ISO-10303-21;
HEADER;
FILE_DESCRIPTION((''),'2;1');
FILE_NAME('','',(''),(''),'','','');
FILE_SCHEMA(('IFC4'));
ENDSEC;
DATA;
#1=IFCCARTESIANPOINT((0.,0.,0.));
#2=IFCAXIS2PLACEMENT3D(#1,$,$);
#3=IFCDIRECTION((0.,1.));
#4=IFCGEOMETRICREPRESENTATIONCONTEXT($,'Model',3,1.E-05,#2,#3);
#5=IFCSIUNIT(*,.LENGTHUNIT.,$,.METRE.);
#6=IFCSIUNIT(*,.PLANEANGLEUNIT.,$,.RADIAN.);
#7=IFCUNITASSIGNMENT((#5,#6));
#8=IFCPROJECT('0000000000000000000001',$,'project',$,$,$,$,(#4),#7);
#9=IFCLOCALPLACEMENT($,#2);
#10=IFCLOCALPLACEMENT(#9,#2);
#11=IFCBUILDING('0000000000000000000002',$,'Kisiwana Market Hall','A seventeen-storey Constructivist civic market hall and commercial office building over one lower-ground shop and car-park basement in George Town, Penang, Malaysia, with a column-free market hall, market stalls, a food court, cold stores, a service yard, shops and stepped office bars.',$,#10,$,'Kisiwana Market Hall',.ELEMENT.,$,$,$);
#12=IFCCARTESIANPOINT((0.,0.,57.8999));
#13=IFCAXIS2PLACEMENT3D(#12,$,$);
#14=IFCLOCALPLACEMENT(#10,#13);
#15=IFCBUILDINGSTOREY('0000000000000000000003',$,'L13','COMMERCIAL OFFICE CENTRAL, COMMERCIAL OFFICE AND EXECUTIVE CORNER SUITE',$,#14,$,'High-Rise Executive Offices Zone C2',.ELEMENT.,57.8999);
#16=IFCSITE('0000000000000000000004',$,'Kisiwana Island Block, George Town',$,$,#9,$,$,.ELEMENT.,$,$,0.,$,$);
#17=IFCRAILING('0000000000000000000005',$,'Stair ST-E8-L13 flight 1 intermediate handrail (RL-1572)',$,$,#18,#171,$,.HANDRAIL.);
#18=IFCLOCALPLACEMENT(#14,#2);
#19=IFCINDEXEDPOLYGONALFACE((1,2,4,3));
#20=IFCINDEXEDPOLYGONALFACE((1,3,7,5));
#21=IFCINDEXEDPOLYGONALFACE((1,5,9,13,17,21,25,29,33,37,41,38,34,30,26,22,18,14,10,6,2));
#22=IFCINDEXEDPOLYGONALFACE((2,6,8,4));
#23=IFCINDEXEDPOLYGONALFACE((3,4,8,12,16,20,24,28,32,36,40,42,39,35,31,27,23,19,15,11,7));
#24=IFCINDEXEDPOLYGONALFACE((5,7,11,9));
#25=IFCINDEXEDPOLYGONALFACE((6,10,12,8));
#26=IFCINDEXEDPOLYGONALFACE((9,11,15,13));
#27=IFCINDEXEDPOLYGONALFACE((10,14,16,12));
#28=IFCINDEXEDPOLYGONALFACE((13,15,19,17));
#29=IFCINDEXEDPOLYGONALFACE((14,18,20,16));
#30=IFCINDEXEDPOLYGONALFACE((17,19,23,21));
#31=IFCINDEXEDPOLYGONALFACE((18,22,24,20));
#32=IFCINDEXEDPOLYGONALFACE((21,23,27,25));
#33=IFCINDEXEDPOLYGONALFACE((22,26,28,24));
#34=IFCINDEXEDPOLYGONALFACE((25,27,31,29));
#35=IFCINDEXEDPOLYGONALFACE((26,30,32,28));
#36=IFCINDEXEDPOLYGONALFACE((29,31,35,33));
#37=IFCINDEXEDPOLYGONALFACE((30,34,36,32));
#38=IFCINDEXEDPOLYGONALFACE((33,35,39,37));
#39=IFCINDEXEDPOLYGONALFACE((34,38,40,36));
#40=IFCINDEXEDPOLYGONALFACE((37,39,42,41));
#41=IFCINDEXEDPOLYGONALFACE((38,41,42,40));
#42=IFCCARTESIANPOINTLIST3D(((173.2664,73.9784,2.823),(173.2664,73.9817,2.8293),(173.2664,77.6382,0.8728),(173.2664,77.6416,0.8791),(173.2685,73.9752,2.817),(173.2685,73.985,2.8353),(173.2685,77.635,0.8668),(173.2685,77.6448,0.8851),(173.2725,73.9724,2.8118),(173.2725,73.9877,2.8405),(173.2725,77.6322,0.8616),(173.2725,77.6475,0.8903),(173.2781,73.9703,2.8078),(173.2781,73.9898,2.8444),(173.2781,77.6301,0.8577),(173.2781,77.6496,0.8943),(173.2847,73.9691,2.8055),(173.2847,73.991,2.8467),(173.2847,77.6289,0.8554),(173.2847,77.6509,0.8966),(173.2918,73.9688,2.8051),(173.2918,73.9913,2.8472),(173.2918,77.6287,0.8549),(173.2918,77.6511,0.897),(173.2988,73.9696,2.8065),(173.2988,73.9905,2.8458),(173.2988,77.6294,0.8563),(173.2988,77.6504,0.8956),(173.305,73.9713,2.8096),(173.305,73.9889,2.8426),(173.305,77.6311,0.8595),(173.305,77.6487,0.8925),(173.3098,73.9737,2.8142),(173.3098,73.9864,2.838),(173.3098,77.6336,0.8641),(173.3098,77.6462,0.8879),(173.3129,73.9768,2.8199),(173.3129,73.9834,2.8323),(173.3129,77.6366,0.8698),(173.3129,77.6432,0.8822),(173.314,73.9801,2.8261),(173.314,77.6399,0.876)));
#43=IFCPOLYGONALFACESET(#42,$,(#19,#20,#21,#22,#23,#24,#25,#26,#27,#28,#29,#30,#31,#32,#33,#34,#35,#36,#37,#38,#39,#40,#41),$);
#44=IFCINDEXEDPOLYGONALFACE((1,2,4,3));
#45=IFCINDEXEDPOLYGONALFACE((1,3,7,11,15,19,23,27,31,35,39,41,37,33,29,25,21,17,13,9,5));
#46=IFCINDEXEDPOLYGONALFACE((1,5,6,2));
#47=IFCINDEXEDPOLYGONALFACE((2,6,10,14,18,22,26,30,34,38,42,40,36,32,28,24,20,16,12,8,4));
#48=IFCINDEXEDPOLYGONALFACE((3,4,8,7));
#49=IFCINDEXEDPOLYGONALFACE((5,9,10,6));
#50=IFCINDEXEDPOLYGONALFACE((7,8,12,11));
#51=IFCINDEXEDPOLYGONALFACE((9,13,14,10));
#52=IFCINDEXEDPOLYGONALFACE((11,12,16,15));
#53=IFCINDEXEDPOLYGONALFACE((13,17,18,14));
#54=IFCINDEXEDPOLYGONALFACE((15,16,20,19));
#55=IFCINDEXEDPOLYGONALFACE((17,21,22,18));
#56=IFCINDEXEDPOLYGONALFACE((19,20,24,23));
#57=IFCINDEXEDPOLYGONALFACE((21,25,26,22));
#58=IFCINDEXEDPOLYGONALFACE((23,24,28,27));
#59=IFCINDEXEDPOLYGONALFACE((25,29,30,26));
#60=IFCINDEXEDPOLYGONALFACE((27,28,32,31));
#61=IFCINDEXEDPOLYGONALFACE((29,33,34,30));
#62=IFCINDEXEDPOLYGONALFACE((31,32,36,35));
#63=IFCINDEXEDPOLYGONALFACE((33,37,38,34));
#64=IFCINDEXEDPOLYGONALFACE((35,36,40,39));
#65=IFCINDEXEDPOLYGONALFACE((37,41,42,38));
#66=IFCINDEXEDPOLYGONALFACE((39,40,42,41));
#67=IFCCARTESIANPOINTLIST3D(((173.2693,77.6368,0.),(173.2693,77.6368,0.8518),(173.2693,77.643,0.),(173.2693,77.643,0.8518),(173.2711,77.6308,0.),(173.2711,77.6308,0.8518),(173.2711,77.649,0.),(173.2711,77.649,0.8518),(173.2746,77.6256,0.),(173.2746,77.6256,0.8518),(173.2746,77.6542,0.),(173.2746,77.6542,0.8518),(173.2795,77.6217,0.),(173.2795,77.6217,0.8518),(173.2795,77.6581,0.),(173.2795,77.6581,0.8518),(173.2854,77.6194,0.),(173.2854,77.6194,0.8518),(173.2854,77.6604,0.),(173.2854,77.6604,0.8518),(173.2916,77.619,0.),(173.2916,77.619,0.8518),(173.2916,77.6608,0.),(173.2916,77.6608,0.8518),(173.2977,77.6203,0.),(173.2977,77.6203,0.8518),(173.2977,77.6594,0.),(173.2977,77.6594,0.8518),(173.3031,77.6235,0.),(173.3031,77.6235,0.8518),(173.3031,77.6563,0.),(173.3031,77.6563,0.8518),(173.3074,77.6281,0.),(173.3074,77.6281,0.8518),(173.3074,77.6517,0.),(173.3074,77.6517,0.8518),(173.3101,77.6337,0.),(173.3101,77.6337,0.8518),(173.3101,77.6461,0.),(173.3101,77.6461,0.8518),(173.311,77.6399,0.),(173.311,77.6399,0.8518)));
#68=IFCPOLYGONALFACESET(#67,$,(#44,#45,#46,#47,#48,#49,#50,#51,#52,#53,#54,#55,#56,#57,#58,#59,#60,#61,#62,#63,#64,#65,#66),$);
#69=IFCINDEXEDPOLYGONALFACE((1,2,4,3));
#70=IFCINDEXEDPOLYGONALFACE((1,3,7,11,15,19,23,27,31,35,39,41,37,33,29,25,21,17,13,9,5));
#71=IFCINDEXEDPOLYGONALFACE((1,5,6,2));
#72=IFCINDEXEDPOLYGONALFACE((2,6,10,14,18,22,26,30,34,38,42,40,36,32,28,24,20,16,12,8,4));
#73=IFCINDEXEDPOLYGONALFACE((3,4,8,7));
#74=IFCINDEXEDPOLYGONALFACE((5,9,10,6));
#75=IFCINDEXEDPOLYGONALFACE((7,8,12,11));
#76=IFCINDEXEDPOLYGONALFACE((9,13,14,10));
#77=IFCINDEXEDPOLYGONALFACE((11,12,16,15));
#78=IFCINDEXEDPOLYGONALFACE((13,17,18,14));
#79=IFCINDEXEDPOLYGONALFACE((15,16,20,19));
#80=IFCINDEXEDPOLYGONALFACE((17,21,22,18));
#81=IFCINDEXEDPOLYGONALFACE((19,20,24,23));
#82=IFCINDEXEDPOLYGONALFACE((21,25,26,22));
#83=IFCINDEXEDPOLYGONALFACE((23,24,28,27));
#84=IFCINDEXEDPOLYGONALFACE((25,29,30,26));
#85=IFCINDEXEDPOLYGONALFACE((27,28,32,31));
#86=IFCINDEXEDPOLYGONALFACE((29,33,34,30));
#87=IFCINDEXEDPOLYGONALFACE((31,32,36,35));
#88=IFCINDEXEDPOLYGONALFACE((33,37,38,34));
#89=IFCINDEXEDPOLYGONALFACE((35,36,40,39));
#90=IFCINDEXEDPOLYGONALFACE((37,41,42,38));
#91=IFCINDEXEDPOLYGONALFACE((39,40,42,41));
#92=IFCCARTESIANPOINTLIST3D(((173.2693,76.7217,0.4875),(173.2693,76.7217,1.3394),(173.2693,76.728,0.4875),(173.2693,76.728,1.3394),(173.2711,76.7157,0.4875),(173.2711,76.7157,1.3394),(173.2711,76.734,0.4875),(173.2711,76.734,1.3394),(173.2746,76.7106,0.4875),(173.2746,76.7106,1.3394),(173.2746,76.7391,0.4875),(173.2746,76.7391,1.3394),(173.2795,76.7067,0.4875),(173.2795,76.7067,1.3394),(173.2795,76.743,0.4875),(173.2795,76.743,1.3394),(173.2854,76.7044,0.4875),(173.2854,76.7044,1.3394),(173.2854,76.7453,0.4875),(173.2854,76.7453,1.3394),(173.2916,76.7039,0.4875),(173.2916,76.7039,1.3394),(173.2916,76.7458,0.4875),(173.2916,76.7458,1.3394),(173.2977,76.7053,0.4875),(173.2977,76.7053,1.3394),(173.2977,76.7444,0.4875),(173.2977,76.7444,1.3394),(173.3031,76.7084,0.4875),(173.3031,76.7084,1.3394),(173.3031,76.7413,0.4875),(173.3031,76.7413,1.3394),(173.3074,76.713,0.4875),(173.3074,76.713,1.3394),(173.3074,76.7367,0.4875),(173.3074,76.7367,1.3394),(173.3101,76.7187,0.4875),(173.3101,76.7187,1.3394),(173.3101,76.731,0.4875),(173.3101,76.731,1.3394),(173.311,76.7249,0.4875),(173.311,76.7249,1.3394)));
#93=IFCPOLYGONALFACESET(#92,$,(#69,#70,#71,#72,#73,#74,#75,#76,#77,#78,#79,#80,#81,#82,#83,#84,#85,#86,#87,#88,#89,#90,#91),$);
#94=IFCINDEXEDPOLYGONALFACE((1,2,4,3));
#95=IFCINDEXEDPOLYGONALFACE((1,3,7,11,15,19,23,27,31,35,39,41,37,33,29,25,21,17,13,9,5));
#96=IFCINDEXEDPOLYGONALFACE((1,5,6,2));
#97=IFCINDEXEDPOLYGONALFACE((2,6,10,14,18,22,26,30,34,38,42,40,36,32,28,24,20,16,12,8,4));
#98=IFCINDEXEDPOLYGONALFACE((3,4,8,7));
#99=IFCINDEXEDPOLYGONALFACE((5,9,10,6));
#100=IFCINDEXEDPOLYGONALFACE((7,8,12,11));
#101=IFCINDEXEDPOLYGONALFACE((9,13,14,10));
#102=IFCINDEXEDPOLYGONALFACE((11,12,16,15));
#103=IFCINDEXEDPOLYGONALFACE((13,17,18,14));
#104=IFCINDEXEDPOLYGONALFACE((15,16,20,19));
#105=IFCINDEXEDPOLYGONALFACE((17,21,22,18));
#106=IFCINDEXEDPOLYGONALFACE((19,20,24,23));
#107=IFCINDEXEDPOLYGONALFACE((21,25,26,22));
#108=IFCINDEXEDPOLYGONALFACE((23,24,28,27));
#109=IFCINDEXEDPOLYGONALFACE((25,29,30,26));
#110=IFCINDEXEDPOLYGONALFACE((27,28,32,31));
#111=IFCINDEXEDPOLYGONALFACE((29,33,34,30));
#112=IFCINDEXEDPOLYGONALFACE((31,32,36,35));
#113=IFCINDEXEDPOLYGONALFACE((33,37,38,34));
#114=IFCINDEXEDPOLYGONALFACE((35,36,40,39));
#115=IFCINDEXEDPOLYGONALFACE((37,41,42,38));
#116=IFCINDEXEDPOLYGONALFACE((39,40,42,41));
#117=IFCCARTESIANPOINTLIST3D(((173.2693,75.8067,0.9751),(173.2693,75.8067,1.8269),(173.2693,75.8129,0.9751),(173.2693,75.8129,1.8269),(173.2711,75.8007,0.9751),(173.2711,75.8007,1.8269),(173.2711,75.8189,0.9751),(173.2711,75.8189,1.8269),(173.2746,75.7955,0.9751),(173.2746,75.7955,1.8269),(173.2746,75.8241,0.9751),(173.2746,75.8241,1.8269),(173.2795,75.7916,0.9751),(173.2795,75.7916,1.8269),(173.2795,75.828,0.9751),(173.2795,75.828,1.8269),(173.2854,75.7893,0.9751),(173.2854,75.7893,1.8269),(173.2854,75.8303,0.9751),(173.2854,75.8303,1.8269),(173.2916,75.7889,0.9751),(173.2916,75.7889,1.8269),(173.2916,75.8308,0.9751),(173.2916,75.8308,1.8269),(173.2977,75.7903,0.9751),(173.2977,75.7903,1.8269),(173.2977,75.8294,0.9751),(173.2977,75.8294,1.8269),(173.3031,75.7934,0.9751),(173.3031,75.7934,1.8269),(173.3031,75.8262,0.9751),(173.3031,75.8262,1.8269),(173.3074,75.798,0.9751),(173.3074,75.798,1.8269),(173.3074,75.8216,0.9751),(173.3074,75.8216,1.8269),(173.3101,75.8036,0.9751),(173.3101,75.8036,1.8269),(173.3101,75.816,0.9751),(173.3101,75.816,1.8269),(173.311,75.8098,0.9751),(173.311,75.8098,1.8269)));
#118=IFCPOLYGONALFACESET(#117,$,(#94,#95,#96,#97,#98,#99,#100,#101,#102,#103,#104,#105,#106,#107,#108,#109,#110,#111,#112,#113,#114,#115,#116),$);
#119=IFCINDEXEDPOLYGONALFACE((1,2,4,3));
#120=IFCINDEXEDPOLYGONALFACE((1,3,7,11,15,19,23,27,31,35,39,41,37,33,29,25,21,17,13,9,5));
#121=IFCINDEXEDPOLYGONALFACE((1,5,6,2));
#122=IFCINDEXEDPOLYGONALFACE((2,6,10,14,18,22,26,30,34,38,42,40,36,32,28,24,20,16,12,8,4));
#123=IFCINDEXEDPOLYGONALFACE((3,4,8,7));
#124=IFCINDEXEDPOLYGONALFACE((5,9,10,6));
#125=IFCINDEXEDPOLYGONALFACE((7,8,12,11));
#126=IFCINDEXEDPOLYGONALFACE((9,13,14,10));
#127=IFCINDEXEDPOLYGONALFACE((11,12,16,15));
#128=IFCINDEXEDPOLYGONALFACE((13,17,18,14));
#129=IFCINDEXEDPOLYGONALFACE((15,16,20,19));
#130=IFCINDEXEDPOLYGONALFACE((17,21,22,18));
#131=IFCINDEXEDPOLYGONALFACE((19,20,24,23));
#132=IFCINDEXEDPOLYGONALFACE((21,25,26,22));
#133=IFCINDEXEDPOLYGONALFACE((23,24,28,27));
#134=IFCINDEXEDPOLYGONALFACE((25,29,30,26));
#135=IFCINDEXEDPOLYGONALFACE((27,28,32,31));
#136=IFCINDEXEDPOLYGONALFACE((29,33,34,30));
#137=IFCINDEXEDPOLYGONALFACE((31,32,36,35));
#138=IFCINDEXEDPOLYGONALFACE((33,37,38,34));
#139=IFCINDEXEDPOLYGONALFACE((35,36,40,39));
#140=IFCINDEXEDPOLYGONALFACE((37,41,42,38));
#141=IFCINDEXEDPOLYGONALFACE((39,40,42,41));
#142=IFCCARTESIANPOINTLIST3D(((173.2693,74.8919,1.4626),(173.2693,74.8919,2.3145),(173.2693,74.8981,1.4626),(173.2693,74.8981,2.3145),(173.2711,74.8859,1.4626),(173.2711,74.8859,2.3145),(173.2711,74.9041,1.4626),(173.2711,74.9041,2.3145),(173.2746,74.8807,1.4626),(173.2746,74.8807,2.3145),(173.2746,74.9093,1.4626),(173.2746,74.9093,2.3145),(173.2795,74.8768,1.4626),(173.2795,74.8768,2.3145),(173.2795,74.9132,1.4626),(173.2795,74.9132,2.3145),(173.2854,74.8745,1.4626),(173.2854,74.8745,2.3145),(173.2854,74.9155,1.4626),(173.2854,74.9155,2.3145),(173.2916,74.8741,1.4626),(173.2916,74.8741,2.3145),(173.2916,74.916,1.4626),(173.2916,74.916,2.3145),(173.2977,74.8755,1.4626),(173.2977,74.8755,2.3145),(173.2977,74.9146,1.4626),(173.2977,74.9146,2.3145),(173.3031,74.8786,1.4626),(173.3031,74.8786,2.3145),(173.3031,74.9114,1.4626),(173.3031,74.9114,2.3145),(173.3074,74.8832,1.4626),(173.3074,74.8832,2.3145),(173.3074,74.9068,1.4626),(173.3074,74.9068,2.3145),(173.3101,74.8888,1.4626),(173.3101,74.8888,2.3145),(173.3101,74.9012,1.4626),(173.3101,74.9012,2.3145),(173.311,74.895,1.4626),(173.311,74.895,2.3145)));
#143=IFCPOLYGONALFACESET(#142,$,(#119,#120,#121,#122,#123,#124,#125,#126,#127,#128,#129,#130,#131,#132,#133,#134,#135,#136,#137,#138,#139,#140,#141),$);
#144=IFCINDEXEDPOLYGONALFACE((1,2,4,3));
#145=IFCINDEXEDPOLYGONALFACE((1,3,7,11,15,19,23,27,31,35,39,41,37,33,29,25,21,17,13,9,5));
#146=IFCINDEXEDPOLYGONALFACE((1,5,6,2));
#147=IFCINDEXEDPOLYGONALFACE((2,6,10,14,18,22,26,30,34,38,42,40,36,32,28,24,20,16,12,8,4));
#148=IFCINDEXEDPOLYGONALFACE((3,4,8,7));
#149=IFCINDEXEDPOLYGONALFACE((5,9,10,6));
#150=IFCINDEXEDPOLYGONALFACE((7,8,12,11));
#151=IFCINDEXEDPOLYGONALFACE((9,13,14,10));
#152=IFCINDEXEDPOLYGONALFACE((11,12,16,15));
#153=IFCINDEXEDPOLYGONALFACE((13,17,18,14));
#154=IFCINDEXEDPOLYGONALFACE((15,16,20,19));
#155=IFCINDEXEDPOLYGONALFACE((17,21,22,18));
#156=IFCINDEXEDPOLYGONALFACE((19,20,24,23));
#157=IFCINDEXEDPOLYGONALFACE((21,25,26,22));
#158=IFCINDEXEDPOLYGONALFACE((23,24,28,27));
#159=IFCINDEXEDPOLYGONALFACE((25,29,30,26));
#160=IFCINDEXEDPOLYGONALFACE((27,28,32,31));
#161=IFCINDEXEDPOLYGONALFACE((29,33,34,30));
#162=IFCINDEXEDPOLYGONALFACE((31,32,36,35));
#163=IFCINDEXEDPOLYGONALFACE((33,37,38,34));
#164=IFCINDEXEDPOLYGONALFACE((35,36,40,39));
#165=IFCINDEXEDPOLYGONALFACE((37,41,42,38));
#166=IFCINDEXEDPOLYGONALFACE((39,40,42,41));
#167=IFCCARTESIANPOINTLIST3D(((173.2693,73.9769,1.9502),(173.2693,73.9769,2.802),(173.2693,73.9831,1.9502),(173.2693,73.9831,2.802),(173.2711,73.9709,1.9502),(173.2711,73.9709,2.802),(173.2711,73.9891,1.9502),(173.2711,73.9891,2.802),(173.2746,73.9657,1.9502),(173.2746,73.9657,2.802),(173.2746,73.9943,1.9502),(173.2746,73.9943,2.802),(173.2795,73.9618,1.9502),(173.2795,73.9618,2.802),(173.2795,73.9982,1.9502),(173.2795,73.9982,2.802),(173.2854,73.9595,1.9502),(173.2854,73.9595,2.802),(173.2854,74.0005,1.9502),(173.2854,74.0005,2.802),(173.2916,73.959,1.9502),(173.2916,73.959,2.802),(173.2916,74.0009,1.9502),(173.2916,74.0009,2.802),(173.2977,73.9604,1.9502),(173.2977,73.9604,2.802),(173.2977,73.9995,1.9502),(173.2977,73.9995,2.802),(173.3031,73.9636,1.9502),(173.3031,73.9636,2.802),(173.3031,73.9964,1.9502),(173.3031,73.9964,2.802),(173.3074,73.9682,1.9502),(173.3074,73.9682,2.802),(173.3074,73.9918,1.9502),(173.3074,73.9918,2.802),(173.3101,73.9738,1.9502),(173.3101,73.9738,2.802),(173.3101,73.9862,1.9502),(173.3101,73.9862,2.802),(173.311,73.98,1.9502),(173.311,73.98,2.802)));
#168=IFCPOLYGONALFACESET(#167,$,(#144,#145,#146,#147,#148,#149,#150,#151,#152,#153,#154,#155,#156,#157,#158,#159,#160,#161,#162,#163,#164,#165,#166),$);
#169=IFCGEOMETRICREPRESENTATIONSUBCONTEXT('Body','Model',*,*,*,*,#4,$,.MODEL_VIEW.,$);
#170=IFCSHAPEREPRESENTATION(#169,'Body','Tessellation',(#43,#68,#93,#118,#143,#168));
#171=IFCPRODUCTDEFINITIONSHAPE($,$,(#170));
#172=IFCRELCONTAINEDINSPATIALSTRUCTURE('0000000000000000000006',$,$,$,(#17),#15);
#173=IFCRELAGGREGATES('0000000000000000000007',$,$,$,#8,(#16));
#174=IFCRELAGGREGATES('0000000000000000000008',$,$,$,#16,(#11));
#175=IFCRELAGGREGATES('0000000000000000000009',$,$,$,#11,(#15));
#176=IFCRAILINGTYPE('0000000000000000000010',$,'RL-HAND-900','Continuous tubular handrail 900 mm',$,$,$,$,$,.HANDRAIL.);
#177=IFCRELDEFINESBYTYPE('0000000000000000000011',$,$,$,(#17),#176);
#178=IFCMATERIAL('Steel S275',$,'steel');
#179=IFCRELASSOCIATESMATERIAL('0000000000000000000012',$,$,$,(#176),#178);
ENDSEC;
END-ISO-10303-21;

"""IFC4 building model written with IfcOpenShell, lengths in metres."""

from ifc_helpers import new_model, si_unit, direction, frame, origin, origin_2d, place, context, subcontext, project, spatial, circle, extrude, material, type_object, element, save


model = new_model("IFC4")

# Units and contexts
model_context = context("Model", 3, precision=1e-05, world=origin(), true_north=direction((0.0, 1.0)))
body_context = subcontext(model_context, "Body", "Model", "MODEL_VIEW")
ifc_project = project(units=[si_unit("LENGTHUNIT", "METRE"), si_unit("PLANEANGLEUNIT", "RADIAN")], contexts=[model_context])

# Site, building, storey
site_placement = place(None, origin())
site = spatial("IfcSite", under=ifc_project, at=site_placement, Name="Kisiwana Island Block, George Town", CompositionType="ELEMENT", RefElevation=0.0)
building_placement = place(site_placement, origin())
building = spatial("IfcBuilding", under=site, at=building_placement, Name="Kisiwana Market Hall", Description="A seventeen-storey Constructivist civic market hall and commercial office building over one lower-ground shop and car-park basement in George Town, Penang, Malaysia, with a column-free market hall, market stalls, a food court, cold stores, a service yard, shops and stepped office bars.", LongName="Kisiwana Market Hall", CompositionType="ELEMENT")
storey_placement = place(building_placement, frame((0.0, 0.0, 57.8999)))
storey = spatial("IfcBuildingStorey", under=building, at=storey_placement, Name="L13", Description="COMMERCIAL OFFICE CENTRAL, COMMERCIAL OFFICE AND EXECUTIVE CORNER SUITE", LongName="High-Rise Executive Offices Zone C2", CompositionType="ELEMENT", Elevation=57.8999)

# Railing
ifc_material_1 = material(Name="Steel S275", Category="steel")
railing_type_1 = type_object("IfcRailingType", Name="RL-HAND-900", Description="Continuous tubular handrail 900 mm", PredefinedType="HANDRAIL", material=ifc_material_1)
railing_1_placement = place(storey_placement, frame((173.29, 77.6399, 0.0)))
element("IfcRailing", 1, at=railing_1_placement, inside=storey, type_object=railing_type_1, Name="Stair ST-E8-L13 flight 1 intermediate handrail (RL-1572)", PredefinedType="HANDRAIL", context=body_context, shape_type="SweptSolid", body=[
    extrude(circle(Radius=0.0239, at=origin_2d()), frame((0.0, 0.0, 0.876), z_axis=(0.0, -0.882529, 0.470258), x_axis=(1.0, 0.0, 0.0)), (0.0, 0.0, 1.0), 4.147),
    extrude(circle(Radius=0.021, at=origin_2d()), origin(), (0.0, 0.0, 1.0), 0.8518),
    extrude(circle(Radius=0.021, at=origin_2d()), frame((0.0, -0.915, 0.4875)), (0.0, 0.0, 1.0), 0.8518),
    extrude(circle(Radius=0.021, at=origin_2d()), frame((0.0, -1.8301, 0.9751)), (0.0, 0.0, 1.0), 0.8518),
    extrude(circle(Radius=0.021, at=origin_2d()), frame((0.0, -2.7449, 1.4626)), (0.0, 0.0, 1.0), 0.8518),
    extrude(circle(Radius=0.021, at=origin_2d()), frame((0.0, -3.6599, 1.9502)), (0.0, 0.0, 1.0), 0.8518),
])

save(model, "model.ifc")
